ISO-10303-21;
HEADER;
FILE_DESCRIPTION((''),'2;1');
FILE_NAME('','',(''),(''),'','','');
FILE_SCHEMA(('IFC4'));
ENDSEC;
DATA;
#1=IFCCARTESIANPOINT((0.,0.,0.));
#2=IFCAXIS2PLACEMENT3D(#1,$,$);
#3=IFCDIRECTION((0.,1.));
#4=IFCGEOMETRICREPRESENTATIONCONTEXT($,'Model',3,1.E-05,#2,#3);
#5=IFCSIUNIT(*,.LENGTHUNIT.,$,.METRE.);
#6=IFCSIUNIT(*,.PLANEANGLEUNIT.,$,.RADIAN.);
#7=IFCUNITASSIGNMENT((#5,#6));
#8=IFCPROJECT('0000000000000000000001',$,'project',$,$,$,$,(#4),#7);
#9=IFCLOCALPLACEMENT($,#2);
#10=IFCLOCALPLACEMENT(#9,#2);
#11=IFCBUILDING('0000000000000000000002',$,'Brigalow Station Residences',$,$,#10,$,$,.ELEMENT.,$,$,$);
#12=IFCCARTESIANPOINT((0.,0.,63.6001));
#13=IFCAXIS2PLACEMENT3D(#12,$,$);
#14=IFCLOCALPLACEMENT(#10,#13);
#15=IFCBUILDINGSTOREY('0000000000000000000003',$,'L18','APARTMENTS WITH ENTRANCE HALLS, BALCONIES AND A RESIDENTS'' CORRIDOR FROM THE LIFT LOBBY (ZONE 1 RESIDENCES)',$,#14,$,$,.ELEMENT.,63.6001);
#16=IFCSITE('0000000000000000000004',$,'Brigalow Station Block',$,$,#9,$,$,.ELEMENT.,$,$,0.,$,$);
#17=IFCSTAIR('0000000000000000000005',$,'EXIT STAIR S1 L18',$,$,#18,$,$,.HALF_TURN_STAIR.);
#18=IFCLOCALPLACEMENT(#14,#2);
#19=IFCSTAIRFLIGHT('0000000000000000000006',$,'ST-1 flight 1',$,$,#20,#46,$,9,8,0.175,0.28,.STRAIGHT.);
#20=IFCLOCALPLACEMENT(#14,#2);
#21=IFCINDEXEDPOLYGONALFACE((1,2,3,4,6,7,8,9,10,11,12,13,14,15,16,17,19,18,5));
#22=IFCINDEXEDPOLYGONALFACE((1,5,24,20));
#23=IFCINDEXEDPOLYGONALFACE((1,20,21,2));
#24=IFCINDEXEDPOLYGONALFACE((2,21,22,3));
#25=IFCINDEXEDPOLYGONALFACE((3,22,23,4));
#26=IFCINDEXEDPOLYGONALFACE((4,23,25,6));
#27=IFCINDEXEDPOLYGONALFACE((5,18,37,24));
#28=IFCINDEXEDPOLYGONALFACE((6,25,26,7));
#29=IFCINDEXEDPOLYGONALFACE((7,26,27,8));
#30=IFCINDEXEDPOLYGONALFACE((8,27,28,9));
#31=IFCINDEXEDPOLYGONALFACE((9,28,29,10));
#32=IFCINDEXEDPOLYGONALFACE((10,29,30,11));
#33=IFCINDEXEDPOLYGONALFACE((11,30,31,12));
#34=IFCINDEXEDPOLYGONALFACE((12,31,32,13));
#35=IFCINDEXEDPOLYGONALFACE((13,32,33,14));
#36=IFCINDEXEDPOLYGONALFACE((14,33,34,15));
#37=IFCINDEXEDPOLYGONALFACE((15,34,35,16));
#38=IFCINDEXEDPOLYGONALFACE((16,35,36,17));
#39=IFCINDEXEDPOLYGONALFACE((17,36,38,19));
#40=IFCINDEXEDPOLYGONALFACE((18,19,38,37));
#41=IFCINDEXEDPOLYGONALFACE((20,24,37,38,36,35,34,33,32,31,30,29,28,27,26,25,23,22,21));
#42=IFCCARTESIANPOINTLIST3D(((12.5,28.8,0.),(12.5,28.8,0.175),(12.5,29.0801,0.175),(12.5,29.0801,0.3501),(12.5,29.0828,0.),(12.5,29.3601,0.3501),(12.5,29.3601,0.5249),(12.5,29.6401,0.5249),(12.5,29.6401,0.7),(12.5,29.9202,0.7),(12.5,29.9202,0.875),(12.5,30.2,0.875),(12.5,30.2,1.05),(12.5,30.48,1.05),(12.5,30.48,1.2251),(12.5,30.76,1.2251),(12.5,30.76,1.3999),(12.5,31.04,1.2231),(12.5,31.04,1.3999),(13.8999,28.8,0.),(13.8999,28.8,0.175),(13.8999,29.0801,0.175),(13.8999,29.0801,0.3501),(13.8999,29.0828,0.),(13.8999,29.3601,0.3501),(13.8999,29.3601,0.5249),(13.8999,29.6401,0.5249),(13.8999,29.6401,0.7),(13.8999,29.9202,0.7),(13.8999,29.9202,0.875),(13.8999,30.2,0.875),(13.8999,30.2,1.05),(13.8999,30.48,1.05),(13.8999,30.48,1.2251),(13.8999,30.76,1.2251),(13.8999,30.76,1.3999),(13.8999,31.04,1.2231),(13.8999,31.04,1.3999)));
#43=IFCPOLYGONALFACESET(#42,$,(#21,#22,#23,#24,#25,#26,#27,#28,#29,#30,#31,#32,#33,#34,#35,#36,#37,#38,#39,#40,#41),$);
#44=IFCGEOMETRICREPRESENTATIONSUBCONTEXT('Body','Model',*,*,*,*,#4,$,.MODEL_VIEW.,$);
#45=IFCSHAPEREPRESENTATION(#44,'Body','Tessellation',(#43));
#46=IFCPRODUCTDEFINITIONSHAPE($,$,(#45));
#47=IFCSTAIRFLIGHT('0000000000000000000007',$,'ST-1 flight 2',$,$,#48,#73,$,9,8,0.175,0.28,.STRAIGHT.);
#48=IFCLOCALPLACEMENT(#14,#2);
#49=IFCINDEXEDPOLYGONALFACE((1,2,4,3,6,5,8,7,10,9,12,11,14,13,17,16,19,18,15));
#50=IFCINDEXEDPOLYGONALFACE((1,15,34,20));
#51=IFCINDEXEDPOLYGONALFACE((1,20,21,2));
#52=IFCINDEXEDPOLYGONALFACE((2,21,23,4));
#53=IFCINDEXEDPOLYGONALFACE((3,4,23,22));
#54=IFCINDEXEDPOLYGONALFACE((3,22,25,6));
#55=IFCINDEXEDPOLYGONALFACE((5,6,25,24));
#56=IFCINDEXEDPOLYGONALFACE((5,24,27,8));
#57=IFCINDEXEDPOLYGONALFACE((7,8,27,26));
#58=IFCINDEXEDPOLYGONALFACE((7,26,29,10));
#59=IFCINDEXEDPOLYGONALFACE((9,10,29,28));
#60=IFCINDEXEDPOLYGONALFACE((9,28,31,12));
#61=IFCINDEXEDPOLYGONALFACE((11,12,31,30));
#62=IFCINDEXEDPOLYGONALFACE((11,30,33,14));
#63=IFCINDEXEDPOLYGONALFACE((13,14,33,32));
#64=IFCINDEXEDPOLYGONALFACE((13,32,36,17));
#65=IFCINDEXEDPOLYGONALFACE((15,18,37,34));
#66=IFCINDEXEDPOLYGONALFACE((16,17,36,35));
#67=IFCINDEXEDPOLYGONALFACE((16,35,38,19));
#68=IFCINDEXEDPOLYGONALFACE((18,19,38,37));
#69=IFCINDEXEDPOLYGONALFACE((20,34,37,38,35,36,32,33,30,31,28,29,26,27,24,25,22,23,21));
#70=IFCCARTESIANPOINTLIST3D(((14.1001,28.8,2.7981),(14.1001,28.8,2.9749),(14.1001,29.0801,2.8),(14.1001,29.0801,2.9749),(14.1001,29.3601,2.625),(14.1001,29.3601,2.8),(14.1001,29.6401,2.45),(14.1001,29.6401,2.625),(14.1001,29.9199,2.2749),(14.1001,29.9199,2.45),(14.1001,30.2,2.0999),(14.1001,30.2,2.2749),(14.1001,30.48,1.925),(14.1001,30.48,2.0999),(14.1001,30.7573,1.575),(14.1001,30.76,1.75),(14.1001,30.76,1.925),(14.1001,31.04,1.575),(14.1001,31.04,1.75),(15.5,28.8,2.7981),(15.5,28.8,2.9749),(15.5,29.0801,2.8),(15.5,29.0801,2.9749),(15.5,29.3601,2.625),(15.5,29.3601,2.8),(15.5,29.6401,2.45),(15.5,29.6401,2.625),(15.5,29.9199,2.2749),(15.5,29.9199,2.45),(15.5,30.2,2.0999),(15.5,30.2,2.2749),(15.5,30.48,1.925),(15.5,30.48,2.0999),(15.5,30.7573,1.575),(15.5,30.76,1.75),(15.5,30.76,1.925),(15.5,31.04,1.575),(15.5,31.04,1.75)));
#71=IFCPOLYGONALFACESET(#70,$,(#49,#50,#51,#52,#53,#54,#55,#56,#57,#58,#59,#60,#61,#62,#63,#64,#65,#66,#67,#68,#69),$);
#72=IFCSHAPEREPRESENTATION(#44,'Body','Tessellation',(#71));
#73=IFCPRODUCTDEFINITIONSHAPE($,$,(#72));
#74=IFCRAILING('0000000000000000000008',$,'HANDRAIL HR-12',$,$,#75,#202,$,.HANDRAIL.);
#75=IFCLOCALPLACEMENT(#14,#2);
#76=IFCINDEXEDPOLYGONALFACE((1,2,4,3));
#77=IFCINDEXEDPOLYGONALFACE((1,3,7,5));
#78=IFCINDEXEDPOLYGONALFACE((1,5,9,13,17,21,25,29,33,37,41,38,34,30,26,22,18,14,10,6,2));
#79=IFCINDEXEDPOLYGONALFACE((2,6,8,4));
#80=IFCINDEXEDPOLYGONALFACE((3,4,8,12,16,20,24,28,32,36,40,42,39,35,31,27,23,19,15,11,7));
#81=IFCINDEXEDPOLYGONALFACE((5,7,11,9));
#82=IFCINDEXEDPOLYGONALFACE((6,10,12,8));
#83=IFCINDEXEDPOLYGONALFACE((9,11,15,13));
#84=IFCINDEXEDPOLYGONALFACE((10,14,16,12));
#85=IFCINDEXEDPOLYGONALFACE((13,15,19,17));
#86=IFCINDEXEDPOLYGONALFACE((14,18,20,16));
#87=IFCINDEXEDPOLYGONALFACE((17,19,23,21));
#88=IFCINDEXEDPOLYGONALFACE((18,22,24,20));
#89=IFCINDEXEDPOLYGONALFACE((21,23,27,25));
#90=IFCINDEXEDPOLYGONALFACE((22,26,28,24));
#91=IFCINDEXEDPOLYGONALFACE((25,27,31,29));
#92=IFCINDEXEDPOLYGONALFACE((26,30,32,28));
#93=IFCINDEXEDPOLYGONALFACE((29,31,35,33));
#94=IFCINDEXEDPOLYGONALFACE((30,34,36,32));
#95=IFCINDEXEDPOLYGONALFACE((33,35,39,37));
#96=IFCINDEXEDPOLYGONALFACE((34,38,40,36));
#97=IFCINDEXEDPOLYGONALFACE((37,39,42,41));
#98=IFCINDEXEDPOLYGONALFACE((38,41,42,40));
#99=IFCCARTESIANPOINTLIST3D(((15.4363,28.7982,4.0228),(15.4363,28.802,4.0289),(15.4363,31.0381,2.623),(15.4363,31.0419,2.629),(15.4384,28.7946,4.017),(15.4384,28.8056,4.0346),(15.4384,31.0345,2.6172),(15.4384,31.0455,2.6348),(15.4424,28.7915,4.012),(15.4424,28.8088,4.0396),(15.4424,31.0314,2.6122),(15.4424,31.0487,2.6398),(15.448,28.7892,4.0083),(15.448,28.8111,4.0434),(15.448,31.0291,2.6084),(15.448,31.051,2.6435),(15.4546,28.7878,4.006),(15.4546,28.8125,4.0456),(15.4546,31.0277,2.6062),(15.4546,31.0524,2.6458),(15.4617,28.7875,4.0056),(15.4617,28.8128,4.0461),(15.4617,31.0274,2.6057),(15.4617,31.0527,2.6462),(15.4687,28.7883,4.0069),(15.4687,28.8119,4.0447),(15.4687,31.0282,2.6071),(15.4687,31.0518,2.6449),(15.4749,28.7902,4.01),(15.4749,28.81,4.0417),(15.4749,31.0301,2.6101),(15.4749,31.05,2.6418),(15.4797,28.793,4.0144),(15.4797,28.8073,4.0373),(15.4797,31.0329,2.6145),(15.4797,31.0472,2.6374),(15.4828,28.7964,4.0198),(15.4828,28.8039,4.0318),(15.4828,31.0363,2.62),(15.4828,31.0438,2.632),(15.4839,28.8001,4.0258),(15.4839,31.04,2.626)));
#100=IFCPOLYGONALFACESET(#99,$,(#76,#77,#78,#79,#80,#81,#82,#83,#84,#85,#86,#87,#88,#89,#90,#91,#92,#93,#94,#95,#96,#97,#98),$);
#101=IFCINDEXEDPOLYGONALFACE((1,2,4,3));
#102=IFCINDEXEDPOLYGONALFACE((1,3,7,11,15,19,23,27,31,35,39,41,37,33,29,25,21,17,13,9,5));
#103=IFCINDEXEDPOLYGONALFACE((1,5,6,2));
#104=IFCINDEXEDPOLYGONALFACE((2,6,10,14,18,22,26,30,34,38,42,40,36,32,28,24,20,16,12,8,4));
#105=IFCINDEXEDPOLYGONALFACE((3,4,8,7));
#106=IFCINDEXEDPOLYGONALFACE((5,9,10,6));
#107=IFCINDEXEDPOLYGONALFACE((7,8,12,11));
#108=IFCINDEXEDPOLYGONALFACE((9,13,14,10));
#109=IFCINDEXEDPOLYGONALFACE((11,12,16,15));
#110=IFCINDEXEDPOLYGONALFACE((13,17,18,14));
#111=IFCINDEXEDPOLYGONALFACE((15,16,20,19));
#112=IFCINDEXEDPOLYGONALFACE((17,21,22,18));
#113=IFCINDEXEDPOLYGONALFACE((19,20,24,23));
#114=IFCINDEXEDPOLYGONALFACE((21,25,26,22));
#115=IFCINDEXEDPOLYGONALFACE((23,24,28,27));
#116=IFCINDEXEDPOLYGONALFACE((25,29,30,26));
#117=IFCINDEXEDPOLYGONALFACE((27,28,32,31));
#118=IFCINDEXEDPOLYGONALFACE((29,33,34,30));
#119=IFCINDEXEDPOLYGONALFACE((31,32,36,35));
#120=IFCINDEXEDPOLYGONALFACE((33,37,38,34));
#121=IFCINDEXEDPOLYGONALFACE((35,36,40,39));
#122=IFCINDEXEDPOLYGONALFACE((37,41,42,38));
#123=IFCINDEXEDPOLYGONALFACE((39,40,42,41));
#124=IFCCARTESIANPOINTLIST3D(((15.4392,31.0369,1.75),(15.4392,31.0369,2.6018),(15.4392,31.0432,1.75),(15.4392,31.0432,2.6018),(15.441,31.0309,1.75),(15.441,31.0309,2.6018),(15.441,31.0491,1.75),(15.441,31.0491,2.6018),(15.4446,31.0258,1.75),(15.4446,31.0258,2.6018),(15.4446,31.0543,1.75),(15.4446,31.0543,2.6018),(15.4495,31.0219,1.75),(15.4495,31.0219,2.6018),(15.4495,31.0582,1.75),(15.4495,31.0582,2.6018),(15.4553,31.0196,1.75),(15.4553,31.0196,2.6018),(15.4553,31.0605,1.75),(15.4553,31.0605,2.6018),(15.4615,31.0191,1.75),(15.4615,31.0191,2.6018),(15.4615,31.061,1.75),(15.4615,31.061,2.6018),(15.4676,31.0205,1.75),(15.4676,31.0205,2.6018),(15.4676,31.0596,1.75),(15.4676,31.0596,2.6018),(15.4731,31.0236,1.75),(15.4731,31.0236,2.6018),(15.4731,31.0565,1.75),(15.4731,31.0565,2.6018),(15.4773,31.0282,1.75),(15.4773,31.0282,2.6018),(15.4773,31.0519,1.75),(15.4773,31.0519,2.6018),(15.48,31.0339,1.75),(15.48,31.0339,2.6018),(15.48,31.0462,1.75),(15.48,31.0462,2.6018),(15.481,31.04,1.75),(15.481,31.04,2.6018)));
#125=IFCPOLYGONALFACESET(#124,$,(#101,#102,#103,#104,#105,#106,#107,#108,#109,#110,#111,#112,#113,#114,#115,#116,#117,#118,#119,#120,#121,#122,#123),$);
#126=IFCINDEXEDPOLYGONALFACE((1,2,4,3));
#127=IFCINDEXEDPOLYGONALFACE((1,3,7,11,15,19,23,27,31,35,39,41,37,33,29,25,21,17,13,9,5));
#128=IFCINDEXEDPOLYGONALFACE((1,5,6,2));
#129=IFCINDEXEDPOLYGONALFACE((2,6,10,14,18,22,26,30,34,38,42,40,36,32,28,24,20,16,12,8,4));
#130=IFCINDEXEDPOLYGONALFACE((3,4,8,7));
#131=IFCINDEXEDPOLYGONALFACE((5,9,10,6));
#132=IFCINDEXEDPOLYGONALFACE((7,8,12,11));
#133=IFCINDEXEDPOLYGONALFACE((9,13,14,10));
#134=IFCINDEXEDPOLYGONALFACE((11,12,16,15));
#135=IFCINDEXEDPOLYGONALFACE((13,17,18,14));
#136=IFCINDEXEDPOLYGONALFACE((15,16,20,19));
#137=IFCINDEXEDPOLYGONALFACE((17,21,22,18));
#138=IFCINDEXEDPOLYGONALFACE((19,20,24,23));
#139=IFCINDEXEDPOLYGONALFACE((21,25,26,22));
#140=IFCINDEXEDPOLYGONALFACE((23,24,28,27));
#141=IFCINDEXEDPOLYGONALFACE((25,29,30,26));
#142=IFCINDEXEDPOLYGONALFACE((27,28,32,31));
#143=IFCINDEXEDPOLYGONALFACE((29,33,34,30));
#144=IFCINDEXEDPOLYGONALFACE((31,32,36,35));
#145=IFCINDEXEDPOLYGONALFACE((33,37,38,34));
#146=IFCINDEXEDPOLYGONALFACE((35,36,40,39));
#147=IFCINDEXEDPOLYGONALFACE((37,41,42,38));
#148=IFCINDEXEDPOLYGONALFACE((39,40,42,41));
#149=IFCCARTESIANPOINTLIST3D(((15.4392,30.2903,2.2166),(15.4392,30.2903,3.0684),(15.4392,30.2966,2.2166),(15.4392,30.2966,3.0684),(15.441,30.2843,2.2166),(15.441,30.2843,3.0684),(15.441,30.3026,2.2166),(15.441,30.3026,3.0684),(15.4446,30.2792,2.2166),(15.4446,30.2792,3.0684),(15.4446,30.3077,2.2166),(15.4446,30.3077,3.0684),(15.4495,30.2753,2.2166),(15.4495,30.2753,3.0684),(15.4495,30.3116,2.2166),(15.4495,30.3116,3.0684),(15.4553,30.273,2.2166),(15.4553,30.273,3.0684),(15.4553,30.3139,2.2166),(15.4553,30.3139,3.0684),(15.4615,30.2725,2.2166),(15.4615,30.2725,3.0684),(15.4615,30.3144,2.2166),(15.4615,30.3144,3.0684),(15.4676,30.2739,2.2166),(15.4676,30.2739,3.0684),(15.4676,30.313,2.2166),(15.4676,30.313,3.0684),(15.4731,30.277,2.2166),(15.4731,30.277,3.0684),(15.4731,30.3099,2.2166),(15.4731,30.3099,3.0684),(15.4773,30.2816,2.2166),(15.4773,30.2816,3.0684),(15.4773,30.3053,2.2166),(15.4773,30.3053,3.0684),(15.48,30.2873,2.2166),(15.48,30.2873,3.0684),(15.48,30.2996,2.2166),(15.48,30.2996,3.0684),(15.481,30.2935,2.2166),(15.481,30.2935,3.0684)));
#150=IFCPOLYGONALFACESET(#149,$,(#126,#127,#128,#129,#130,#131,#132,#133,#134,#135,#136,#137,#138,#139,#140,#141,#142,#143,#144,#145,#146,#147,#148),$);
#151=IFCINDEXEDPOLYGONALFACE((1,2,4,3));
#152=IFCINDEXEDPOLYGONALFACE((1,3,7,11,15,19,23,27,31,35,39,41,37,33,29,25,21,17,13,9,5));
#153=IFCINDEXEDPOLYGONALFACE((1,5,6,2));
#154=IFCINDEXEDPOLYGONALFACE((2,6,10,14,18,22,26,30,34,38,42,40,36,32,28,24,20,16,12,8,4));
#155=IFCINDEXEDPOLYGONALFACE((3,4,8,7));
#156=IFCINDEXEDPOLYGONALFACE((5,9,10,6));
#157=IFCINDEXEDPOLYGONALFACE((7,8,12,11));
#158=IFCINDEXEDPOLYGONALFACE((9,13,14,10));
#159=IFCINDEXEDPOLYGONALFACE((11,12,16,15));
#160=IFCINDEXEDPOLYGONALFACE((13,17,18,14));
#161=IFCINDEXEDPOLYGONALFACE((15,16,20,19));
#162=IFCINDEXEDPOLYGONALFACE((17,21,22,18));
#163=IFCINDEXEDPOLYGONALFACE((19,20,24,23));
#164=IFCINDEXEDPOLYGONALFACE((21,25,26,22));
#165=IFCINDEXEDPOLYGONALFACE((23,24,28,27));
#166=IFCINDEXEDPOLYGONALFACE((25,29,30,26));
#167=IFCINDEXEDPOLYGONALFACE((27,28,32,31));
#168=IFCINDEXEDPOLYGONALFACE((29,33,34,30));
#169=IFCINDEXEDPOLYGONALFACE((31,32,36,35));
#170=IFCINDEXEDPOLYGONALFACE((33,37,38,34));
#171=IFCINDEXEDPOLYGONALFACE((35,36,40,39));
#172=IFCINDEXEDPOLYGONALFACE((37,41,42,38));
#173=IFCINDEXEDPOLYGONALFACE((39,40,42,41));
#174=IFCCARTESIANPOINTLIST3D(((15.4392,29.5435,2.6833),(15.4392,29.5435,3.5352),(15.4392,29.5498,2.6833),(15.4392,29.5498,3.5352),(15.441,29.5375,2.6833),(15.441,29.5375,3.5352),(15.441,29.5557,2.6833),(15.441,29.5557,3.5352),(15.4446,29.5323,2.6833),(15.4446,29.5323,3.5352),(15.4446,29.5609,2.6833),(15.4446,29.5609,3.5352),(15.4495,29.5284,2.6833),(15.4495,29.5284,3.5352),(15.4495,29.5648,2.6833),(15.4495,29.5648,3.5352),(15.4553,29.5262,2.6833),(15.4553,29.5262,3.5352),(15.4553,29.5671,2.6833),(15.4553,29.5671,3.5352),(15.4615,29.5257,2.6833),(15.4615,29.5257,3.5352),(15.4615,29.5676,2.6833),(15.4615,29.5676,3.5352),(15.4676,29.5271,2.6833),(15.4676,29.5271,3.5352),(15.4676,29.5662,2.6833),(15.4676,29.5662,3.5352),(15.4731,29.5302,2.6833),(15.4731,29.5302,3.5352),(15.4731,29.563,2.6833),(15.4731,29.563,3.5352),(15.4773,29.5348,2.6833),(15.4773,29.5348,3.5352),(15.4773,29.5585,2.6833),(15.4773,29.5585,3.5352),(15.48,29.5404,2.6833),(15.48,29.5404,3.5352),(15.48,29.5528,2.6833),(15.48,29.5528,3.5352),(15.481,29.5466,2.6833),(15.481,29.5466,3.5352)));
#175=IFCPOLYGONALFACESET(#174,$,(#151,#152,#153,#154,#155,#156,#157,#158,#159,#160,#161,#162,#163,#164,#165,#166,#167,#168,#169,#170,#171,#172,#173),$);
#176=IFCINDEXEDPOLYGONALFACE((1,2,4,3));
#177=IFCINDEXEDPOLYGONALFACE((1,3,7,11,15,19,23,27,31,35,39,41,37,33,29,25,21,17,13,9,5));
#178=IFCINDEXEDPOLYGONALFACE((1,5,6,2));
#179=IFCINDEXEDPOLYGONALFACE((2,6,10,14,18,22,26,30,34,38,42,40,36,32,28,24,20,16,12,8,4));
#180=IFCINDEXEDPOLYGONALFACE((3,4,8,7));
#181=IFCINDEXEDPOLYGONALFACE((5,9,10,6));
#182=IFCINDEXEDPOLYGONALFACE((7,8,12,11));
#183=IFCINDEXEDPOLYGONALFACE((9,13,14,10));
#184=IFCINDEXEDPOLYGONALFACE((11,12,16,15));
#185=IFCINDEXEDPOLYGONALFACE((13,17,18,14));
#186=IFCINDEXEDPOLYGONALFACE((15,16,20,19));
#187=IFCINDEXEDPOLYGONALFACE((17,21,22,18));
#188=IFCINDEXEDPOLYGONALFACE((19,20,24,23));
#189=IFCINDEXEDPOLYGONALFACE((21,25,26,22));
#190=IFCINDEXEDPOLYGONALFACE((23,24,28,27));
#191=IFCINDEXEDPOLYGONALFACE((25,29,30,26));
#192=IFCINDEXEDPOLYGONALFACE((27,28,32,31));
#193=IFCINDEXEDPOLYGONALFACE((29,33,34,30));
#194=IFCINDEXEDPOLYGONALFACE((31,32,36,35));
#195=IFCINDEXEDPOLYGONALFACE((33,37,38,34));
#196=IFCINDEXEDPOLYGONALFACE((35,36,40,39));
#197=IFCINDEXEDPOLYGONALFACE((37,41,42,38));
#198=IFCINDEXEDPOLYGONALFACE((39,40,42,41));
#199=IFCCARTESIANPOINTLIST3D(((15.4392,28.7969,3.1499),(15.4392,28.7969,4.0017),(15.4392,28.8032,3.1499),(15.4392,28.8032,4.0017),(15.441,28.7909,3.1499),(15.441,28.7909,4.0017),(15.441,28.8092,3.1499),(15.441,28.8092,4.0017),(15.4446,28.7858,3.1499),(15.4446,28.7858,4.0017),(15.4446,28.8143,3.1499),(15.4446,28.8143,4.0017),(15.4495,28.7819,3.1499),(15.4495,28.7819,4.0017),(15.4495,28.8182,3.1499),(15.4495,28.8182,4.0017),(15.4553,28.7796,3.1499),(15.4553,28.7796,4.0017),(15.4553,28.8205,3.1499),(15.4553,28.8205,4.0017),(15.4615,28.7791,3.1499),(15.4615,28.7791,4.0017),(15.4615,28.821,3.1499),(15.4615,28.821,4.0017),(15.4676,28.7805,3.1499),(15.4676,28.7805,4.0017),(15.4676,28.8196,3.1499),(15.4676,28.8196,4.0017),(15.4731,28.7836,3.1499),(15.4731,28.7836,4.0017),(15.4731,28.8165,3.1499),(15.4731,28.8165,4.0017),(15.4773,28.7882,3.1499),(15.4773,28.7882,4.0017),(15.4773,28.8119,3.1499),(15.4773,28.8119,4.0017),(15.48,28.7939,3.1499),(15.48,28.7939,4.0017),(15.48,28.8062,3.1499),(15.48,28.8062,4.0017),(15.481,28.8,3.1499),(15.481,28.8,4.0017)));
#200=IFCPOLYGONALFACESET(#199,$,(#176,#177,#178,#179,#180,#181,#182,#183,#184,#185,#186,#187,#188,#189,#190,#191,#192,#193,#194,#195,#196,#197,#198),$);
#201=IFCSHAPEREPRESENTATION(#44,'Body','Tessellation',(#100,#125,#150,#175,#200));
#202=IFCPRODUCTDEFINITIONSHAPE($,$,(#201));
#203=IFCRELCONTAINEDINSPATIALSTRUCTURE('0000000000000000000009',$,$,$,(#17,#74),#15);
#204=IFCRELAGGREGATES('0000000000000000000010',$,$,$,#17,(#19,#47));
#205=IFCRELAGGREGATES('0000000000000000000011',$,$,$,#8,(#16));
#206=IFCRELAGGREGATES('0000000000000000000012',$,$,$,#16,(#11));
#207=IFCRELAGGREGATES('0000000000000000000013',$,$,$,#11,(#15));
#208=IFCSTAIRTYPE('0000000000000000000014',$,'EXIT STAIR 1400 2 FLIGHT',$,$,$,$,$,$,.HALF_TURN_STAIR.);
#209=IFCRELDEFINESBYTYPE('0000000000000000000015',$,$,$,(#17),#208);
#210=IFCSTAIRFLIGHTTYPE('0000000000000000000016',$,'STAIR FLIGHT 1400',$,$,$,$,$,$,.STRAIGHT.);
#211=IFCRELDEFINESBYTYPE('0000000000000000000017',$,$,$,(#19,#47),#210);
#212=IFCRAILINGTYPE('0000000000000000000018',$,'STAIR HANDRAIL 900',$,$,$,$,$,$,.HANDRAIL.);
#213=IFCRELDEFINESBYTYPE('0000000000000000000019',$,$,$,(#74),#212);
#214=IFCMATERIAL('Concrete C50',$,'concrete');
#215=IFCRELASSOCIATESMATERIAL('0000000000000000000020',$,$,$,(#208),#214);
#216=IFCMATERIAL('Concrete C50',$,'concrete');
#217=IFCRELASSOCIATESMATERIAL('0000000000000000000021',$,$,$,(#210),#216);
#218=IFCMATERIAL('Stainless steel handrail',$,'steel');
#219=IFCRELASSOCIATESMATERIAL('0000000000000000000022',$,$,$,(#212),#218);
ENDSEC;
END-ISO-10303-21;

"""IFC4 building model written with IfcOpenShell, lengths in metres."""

from ifc_helpers import new_model, si_unit, direction, frame, origin, origin_2d, place, context, subcontext, project, spatial, polyline, circle, outline, extrude, material, type_object, element, aggregate, save


model = new_model("IFC4")

# Units and contexts
model_context = context("Model", 3, precision=1e-05, world=origin(), true_north=direction((0.0, 1.0)))
body_context = subcontext(model_context, "Body", "Model", "MODEL_VIEW")
ifc_project = project(units=[si_unit("LENGTHUNIT", "METRE"), si_unit("PLANEANGLEUNIT", "RADIAN")], contexts=[model_context])

# Site, building, storey
site_placement = place(None, origin())
site = spatial("IfcSite", under=ifc_project, at=site_placement, Name="Brigalow Station Block", CompositionType="ELEMENT", RefElevation=0.0)
building_placement = place(site_placement, origin())
building = spatial("IfcBuilding", under=site, at=building_placement, Name="Brigalow Station Residences", CompositionType="ELEMENT")
storey_placement = place(building_placement, frame((0.0, 0.0, 63.6001)))
storey = spatial("IfcBuildingStorey", under=building, at=storey_placement, Name="L18", Description="APARTMENTS WITH ENTRANCE HALLS, BALCONIES AND A RESIDENTS' CORRIDOR FROM THE LIFT LOBBY (ZONE 1 RESIDENCES)", CompositionType="ELEMENT", Elevation=63.6001)

# Stair, stair flights
ifc_material_1 = material(Name="Concrete C50", Category="concrete")
stair_type = type_object("IfcStairType", Name="EXIT STAIR 1400 2 FLIGHT", PredefinedType="HALF_TURN_STAIR", material=ifc_material_1)
stair_placement = place(storey_placement, origin())
stair = element("IfcStair", 1, at=stair_placement, inside=storey, type_object=stair_type, Name="EXIT STAIR S1 L18", PredefinedType="HALF_TURN_STAIR")
ifc_material_2 = material(Name="Concrete C50", Category="concrete")
stair_flight_type = type_object("IfcStairFlightType", Name="STAIR FLIGHT 1400", PredefinedType="STRAIGHT", material=ifc_material_2)
stair_flight_1_placement = place(storey_placement, frame((13.2, 28.8, 0.0), z_axis=(0.0, 0.0, 1.0), x_axis=(0.0, 1.0, 0.0)))
stair_flight_1 = element("IfcStairFlight", 2, at=stair_flight_1_placement, type_object=stair_flight_type, Name="ST-1 flight 1", NumberOfRisers=9, NumberOfTreads=8, PredefinedType="STRAIGHT", RiserHeight=0.175, TreadLength=0.28, context=body_context, shape_type="SweptSolid", body=[
    extrude(outline(polyline([(0.0, 0.0), (0.0, 0.175), (0.28, 0.175), (0.28, 0.3501), (0.5601, 0.3501), (0.5601, 0.5249), (0.8401, 0.5249), (0.8401, 0.7), (1.1201, 0.7), (1.1201, 0.875), (1.3999, 0.875), (1.3999, 1.05), (1.6799, 1.05), (1.6799, 1.2251), (1.96, 1.2251), (1.96, 1.3999), (2.24, 1.3999), (2.24, 1.575), (2.24, 1.2231), (0.2827, 0.0), (0.0, 0.0)])), frame((0.0, 0.7, 0.0), z_axis=(0.0, -1.0, 0.0), x_axis=(1.0, 0.0, 0.0)), (0.0, 0.0, 1.0), 1.3999),
])
stair_flight_2_placement = place(storey_placement, frame((14.8, 31.04, 1.575), z_axis=(0.0, 0.0, 1.0), x_axis=(0.0, -1.0, 0.0)))
stair_flight_2 = element("IfcStairFlight", 3, at=stair_flight_2_placement, type_object=stair_flight_type, Name="ST-1 flight 2", NumberOfRisers=9, NumberOfTreads=8, PredefinedType="STRAIGHT", RiserHeight=0.175, TreadLength=0.28, context=body_context, shape_type="SweptSolid", body=[
    extrude(outline(polyline([(0.0, 0.0), (0.0, 0.175), (0.28, 0.175), (0.28, 0.3501), (0.5601, 0.3501), (0.5601, 0.5249), (0.8401, 0.5249), (0.8401, 0.7), (1.1201, 0.7), (1.1201, 0.875), (1.3999, 0.875), (1.3999, 1.05), (1.6799, 1.05), (1.6799, 1.2251), (1.96, 1.2251), (1.96, 1.3999), (2.24, 1.3999), (2.24, 1.575), (2.24, 1.2231), (0.2827, 0.0), (0.0, 0.0)])), frame((0.0, 0.7, 0.0), z_axis=(0.0, -1.0, 0.0), x_axis=(1.0, 0.0, 0.0)), (0.0, 0.0, 1.0), 1.3999),
])
aggregate(stair, [stair_flight_1, stair_flight_2])

# Railing
ifc_material_3 = material(Name="Stainless steel handrail", Category="steel")
railing_type_1 = type_object("IfcRailingType", Name="STAIR HANDRAIL 900", PredefinedType="HANDRAIL", material=ifc_material_3)
railing_1_placement = place(storey_placement, frame((15.46, 31.04, 1.75)))
element("IfcRailing", 4, at=railing_1_placement, inside=storey, type_object=railing_type_1, Name="HANDRAIL HR-12", PredefinedType="HANDRAIL", context=body_context, shape_type="SweptSolid", body=[
    extrude(circle(Radius=0.0239, at=origin_2d()), frame((0.0, 0.0, 0.876), z_axis=(0.0, -0.848014, 0.529974), x_axis=(1.0, 0.0, 0.0)), (0.0, 0.0, 1.0), 2.6414),
    extrude(circle(Radius=0.021, at=origin_2d()), origin(), (0.0, 0.0, 1.0), 0.8518),
    extrude(circle(Radius=0.021, at=origin_2d()), frame((0.0, -0.7466, 0.4666)), (0.0, 0.0, 1.0), 0.8518),
    extrude(circle(Radius=0.021, at=origin_2d()), frame((0.0, -1.4934, 0.9333)), (0.0, 0.0, 1.0), 0.8518),
    extrude(circle(Radius=0.021, at=origin_2d()), frame((0.0, -2.24, 1.3999)), (0.0, 0.0, 1.0), 0.8518),
])

save(model, "model.ifc")
